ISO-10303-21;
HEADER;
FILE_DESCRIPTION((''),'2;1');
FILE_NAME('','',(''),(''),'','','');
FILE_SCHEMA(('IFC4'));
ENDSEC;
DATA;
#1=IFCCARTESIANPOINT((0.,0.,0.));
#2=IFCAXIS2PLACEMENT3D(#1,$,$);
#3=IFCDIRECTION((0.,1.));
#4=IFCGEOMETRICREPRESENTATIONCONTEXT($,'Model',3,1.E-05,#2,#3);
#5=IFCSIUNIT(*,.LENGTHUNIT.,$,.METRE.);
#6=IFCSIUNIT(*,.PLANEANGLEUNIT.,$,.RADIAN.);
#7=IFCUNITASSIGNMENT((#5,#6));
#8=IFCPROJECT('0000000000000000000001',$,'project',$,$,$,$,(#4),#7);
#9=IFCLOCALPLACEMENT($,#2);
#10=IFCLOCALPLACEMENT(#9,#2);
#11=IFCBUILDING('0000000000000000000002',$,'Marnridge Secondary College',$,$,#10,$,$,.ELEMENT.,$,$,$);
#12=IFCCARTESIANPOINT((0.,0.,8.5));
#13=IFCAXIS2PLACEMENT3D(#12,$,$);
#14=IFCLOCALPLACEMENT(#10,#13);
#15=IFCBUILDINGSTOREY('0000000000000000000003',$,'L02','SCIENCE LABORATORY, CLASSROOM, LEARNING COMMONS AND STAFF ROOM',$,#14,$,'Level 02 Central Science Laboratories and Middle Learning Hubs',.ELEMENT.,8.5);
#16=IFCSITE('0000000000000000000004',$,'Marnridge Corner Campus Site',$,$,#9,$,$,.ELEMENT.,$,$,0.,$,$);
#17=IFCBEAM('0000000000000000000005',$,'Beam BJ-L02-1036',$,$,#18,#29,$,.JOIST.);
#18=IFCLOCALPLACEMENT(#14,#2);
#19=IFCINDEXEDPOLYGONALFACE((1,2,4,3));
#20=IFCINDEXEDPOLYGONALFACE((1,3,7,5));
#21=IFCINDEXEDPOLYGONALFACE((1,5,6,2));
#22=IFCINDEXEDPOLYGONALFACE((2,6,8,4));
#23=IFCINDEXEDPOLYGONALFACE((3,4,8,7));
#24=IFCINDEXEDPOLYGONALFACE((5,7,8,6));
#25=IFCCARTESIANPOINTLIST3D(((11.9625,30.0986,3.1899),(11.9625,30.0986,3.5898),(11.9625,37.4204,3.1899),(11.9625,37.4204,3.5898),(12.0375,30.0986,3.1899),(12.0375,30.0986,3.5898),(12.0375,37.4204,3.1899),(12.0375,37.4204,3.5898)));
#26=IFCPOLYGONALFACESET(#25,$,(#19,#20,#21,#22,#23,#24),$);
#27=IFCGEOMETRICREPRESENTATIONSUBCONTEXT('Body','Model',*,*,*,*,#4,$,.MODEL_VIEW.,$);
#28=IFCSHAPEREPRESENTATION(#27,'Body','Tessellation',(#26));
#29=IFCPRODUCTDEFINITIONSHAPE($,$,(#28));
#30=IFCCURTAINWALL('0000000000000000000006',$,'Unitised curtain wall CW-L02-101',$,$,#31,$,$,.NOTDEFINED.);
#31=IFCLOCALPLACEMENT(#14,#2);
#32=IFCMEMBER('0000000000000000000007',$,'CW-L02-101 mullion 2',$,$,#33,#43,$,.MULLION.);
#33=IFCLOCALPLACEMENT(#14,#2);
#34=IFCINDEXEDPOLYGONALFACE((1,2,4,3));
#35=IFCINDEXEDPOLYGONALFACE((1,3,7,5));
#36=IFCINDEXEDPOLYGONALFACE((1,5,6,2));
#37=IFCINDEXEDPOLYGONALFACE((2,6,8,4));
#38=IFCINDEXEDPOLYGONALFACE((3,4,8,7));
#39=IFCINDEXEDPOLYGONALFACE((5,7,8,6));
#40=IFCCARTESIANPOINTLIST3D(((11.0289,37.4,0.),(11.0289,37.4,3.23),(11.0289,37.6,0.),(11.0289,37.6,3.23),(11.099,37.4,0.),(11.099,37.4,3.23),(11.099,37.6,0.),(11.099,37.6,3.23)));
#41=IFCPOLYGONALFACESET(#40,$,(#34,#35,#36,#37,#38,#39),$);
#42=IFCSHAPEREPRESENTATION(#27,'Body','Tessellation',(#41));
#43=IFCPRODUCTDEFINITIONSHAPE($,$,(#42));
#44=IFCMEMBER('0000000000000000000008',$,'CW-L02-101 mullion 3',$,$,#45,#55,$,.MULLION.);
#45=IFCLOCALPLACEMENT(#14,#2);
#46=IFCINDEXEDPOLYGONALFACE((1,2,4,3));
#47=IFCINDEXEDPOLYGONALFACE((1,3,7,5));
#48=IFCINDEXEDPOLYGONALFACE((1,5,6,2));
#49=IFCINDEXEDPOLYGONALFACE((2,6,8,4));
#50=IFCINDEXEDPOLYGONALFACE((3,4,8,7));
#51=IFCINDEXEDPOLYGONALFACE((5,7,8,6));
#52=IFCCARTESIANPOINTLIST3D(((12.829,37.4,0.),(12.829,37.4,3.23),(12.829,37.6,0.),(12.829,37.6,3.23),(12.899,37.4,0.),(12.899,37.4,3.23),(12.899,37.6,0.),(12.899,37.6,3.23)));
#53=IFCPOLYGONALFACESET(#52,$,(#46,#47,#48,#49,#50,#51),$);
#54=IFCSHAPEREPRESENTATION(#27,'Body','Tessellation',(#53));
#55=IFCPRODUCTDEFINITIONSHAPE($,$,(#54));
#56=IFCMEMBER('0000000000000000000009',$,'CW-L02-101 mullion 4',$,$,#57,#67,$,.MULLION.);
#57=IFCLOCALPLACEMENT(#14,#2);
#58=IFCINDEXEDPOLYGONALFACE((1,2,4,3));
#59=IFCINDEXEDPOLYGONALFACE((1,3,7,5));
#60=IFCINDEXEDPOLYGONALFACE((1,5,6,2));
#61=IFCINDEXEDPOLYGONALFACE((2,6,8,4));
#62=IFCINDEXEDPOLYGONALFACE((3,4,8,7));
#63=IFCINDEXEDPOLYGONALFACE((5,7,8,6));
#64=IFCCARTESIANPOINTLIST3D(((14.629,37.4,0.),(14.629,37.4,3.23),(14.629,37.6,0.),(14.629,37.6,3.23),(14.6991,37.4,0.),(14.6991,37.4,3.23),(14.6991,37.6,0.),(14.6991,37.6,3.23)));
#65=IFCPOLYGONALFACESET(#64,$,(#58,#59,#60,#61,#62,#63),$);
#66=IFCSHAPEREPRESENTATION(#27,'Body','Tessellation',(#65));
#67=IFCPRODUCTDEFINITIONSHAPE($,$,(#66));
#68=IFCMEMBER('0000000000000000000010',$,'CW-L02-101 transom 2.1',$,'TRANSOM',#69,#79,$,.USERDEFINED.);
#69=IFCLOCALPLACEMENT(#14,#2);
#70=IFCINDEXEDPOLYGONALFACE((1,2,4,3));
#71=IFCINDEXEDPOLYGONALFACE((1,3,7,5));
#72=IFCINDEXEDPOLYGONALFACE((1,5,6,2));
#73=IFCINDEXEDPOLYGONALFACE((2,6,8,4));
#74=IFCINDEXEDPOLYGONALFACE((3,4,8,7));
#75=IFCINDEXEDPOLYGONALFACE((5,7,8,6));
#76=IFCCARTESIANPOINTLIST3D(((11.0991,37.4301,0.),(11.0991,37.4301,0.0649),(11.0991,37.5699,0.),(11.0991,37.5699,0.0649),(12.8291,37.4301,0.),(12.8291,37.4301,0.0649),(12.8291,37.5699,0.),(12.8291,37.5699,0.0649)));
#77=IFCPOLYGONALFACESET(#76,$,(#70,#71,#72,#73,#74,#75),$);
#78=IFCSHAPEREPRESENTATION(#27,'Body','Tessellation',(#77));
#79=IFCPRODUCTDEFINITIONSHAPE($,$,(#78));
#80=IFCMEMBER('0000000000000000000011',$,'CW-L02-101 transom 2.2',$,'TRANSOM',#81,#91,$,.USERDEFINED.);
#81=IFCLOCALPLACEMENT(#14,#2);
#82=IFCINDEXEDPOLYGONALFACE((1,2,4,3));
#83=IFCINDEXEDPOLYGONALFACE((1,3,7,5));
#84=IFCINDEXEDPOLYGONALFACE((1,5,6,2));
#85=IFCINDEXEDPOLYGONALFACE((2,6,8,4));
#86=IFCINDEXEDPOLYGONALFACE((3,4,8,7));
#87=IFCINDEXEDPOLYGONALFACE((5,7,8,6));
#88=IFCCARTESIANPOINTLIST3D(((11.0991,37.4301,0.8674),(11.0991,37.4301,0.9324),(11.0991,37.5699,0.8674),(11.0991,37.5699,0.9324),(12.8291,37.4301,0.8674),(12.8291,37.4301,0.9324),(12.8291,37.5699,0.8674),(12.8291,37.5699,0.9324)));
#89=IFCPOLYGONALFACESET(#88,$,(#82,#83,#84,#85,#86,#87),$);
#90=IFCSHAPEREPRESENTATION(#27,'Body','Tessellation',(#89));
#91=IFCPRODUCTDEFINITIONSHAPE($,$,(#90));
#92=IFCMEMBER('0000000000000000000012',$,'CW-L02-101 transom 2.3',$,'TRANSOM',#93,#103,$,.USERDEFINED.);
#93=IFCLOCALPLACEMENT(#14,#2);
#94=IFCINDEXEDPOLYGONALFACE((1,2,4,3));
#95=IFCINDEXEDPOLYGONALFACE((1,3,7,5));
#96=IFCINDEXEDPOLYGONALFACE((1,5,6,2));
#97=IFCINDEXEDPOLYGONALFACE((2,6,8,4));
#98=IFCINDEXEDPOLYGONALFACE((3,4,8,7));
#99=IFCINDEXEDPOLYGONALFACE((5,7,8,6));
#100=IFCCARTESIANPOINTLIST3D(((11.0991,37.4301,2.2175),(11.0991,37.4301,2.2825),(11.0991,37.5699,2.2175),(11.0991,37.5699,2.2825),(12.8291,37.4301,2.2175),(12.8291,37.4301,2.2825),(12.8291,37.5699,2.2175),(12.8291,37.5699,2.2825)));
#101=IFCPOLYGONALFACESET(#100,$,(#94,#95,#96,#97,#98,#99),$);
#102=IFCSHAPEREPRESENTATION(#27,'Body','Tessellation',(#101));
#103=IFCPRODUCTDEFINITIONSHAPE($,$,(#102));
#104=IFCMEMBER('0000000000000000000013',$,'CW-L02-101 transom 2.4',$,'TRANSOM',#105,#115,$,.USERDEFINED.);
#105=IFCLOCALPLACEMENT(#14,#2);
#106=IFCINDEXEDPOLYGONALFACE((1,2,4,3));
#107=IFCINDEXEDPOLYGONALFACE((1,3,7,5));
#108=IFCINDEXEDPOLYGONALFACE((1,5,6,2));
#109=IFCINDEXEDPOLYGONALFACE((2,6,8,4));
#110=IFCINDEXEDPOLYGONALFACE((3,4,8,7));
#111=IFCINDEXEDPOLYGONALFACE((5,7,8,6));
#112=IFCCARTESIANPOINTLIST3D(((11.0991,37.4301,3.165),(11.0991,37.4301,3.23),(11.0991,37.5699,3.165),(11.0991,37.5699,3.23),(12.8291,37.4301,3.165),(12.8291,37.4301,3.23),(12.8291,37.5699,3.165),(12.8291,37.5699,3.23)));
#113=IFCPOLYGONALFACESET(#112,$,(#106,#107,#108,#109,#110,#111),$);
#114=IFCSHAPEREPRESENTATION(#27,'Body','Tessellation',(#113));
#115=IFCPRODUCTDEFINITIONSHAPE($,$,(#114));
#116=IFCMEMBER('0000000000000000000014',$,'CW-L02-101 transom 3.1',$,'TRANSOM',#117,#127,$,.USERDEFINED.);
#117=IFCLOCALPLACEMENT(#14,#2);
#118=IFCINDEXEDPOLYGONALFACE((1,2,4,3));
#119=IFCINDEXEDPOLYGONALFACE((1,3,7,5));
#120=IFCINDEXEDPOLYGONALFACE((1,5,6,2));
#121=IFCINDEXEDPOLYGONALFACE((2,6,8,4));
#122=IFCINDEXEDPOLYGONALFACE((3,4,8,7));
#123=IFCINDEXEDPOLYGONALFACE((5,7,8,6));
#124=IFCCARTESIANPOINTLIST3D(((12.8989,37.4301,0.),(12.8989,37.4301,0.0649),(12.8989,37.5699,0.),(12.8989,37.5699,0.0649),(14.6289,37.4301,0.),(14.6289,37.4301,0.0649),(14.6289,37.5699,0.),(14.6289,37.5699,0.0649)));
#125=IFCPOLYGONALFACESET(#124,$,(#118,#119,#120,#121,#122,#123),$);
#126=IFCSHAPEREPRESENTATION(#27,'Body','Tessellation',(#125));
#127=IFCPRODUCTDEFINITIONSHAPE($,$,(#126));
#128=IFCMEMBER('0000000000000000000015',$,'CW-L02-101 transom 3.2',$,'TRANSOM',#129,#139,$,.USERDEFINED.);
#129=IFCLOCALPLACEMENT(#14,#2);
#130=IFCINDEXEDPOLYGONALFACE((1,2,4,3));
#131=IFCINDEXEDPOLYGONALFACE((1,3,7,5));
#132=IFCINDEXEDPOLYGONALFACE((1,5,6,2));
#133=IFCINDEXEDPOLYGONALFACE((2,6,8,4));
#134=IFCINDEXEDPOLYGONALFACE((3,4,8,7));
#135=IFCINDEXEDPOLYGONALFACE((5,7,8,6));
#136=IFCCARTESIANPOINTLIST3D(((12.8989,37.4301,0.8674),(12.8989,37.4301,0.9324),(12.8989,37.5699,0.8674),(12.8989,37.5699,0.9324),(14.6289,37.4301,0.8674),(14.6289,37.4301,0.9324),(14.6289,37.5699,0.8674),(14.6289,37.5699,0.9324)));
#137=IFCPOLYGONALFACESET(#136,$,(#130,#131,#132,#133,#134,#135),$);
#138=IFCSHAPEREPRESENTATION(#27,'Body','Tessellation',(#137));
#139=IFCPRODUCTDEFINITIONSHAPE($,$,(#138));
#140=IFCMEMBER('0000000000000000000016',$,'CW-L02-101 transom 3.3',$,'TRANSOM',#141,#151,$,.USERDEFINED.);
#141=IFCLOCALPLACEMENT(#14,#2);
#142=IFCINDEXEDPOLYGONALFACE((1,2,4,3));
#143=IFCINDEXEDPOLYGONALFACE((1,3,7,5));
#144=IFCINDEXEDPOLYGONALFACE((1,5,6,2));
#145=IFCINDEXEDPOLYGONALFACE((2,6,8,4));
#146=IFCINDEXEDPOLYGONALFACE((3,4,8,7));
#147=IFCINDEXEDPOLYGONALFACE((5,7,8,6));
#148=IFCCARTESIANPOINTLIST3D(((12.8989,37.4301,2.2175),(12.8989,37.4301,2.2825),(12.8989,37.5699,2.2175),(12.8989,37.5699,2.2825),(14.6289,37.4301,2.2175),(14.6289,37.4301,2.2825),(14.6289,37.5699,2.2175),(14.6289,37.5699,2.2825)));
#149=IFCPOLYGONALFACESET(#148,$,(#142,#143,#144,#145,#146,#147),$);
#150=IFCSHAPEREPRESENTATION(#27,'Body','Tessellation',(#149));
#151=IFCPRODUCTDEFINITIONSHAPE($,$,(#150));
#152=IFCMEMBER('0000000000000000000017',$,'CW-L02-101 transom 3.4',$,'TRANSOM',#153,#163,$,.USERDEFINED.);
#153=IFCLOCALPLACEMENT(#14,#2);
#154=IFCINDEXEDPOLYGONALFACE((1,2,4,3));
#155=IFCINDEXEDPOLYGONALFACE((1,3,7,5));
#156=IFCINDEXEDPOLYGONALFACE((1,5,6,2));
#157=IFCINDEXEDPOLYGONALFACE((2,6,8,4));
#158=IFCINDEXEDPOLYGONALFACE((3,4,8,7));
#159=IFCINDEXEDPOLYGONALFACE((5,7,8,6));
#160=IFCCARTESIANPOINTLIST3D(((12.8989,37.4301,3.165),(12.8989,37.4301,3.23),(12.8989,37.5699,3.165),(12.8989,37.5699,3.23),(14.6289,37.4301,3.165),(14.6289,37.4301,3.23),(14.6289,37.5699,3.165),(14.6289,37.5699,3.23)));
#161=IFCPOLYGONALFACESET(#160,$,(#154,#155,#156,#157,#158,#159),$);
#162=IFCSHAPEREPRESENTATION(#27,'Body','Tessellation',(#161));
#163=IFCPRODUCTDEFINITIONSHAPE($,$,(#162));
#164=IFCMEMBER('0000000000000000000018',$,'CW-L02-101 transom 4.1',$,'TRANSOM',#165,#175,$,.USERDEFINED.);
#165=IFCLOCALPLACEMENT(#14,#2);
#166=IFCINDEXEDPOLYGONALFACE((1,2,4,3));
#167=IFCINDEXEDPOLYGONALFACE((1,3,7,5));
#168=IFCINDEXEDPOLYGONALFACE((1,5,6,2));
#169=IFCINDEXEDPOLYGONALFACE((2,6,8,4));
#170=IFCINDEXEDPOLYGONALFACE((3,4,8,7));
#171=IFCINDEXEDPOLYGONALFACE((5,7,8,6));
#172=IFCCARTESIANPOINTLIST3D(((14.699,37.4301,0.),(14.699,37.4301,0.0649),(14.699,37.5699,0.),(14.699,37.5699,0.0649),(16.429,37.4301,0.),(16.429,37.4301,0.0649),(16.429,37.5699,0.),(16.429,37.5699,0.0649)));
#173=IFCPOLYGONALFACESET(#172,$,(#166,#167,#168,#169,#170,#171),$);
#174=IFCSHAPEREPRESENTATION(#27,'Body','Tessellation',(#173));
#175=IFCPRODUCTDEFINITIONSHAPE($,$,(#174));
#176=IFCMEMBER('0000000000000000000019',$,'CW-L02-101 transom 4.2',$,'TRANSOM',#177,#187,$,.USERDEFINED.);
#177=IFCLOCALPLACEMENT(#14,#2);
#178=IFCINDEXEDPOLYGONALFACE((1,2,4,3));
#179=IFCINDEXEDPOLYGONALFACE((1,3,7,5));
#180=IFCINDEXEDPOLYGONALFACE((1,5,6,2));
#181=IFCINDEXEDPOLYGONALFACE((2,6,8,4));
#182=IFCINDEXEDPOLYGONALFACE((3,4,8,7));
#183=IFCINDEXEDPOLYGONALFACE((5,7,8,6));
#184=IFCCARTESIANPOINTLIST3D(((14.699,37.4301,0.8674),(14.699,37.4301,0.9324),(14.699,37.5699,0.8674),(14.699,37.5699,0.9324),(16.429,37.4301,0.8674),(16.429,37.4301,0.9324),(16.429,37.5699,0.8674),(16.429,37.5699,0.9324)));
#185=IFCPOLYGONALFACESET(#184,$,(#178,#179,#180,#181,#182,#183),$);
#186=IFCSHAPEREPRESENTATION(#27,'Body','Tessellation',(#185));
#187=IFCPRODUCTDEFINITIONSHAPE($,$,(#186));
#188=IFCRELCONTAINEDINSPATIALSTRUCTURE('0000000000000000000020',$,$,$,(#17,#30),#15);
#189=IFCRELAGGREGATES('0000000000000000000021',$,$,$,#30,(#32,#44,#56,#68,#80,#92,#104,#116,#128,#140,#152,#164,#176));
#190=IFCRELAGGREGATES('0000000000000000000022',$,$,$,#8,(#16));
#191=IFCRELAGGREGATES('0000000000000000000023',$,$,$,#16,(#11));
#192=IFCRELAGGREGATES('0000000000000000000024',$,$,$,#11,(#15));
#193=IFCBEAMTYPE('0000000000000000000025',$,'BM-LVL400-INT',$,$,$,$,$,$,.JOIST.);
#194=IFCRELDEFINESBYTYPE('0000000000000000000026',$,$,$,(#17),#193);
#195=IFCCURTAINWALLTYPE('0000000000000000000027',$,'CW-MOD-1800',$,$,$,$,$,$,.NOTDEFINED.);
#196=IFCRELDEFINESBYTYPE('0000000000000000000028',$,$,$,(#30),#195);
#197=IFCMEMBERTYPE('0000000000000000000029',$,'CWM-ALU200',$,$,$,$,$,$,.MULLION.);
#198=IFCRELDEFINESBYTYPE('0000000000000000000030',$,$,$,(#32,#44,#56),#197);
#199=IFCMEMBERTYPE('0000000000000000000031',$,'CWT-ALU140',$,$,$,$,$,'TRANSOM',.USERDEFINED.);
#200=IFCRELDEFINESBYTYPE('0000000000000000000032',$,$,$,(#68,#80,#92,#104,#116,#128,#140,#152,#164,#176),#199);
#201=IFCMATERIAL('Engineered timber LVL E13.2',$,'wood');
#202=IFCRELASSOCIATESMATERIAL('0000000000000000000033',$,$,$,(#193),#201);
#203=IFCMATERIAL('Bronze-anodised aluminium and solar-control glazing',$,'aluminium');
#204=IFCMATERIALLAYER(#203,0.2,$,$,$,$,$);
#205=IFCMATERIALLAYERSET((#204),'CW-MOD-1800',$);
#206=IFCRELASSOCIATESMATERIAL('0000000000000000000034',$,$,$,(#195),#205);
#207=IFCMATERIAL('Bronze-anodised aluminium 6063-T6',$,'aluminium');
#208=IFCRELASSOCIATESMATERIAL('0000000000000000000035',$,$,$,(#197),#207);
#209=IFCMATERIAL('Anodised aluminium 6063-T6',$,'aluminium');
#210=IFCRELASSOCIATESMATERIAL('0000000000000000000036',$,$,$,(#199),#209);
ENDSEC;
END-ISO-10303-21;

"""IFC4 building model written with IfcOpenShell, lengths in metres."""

from ifc_helpers import new_model, si_unit, direction, frame, origin, origin_2d, place, context, subcontext, project, spatial, rectangle, extrude, material, layer, layer_set, material_profile, profile_set, type_object, element, aggregate, save


model = new_model("IFC4")

# Units and contexts
model_context = context("Model", 3, precision=1e-05, world=origin(), true_north=direction((0.0, 1.0)))
body_context = subcontext(model_context, "Body", "Model", "MODEL_VIEW")
ifc_project = project(units=[si_unit("LENGTHUNIT", "METRE"), si_unit("PLANEANGLEUNIT", "RADIAN")], contexts=[model_context])

# Site, building, storey
site_placement = place(None, origin())
site = spatial("IfcSite", under=ifc_project, at=site_placement, Name="Marnridge Corner Campus Site", CompositionType="ELEMENT", RefElevation=0.0)
building_placement = place(site_placement, origin())
building = spatial("IfcBuilding", under=site, at=building_placement, Name="Marnridge Secondary College", CompositionType="ELEMENT")
storey_placement = place(building_placement, frame((0.0, 0.0, 8.5)))
storey = spatial("IfcBuildingStorey", under=building, at=storey_placement, Name="L02", Description="SCIENCE LABORATORY, CLASSROOM, LEARNING COMMONS AND STAFF ROOM", LongName="Level 02 Central Science Laboratories and Middle Learning Hubs", CompositionType="ELEMENT", Elevation=8.5)

# Beam
ifc_material_1 = material(Name="Engineered timber LVL E13.2", Category="wood")
ifc_material_profile_1 = material_profile(ifc_material_1, rectangle(XDim=0.075, YDim=0.3999, at=origin_2d()), Name="LVL 75x400")
ifc_profile_set_1 = profile_set([ifc_material_profile_1], Name="Engineered timber LVL E13.2")
beam_type = type_object("IfcBeamType", Name="BM-LVL400-INT", PredefinedType="JOIST", material=ifc_profile_set_1)
beam_placement = place(storey_placement, frame((12.0, 30.0986, 3.3899), z_axis=(0.0, 1.0, 0.0), x_axis=(-1.0, 0.0, 0.0)))
element("IfcBeam", 1, at=beam_placement, inside=storey, type_object=beam_type, Name="Beam BJ-L02-1036", PredefinedType="JOIST", context=body_context, shape_type="SweptSolid", body=[
    extrude(rectangle(XDim=0.075, YDim=0.3999, at=origin_2d()), origin(), (0.0, 0.0, 1.0), 7.3218),
])

# Curtain wall, members
ifc_material_2 = material(Name="Bronze-anodised aluminium and solar-control glazing", Category="aluminium")
ifc_layer_1 = layer(ifc_material_2, 0.2)
ifc_layer_set_1 = layer_set([ifc_layer_1], Name="CW-MOD-1800")
curtain_wall_type = type_object("IfcCurtainWallType", Name="CW-MOD-1800", PredefinedType="NOTDEFINED", material=ifc_layer_set_1)
curtain_wall_placement = place(storey_placement, origin())
curtain_wall = element("IfcCurtainWall", 2, at=curtain_wall_placement, inside=storey, type_object=curtain_wall_type, Name="Unitised curtain wall CW-L02-101", PredefinedType="NOTDEFINED")
ifc_material_3 = material(Name="Bronze-anodised aluminium 6063-T6", Category="aluminium")
ifc_material_profile_2 = material_profile(ifc_material_3, rectangle(XDim=0.0701, YDim=0.2, at=origin_2d()), Name="ALU 70x200")
ifc_profile_set_2 = profile_set([ifc_material_profile_2], Name="Bronze-anodised aluminium 6063-T6")
member_type_1 = type_object("IfcMemberType", Name="CWM-ALU200", PredefinedType="MULLION", material=ifc_profile_set_2)
member_1_placement = place(storey_placement, frame((11.064, 37.5, 0.0), z_axis=(0.0, 0.0, 1.0), x_axis=(1.0, 0.0, 0.0)))
member_1 = element("IfcMember", 3, at=member_1_placement, type_object=member_type_1, Name="CW-L02-101 mullion 2", PredefinedType="MULLION", context=body_context, shape_type="SweptSolid", body=[
    extrude(rectangle(XDim=0.0701, YDim=0.2, at=origin_2d()), origin(), (0.0, 0.0, 1.0), 3.23),
])
member_2_placement = place(storey_placement, frame((12.864, 37.5, 0.0), z_axis=(0.0, 0.0, 1.0), x_axis=(1.0, 0.0, 0.0)))
member_2 = element("IfcMember", 4, at=member_2_placement, type_object=member_type_1, Name="CW-L02-101 mullion 3", PredefinedType="MULLION", context=body_context, shape_type="SweptSolid", body=[
    extrude(rectangle(XDim=0.0701, YDim=0.2, at=origin_2d()), origin(), (0.0, 0.0, 1.0), 3.23),
])
member_3_placement = place(storey_placement, frame((14.6641, 37.5, 0.0), z_axis=(0.0, 0.0, 1.0), x_axis=(1.0, 0.0, 0.0)))
member_3 = element("IfcMember", 5, at=member_3_placement, type_object=member_type_1, Name="CW-L02-101 mullion 4", PredefinedType="MULLION", context=body_context, shape_type="SweptSolid", body=[
    extrude(rectangle(XDim=0.0701, YDim=0.2, at=origin_2d()), origin(), (0.0, 0.0, 1.0), 3.23),
])
ifc_material_4 = material(Name="Anodised aluminium 6063-T6", Category="aluminium")
ifc_material_profile_3 = material_profile(ifc_material_4, rectangle(XDim=0.0649, YDim=0.1399, at=origin_2d()), Name="ALU 65x140")
ifc_profile_set_3 = profile_set([ifc_material_profile_3], Name="Anodised aluminium 6063-T6")
member_type_2 = type_object("IfcMemberType", Name="CWT-ALU140", ElementType="TRANSOM", PredefinedType="USERDEFINED", material=ifc_profile_set_3)
member_4_placement = place(storey_placement, frame((11.0991, 37.5, 0.0325), z_axis=(1.0, 0.0, 0.0), x_axis=(0.0, 0.0, 1.0)))
member_4 = element("IfcMember", 6, at=member_4_placement, type_object=member_type_2, Name="CW-L02-101 transom 2.1", ObjectType="TRANSOM", PredefinedType="USERDEFINED", context=body_context, shape_type="SweptSolid", body=[
    extrude(rectangle(XDim=0.0649, YDim=0.1399, at=origin_2d()), origin(), (0.0, 0.0, 1.0), 1.73),
])
member_5_placement = place(storey_placement, frame((11.0991, 37.5, 0.8999), z_axis=(1.0, 0.0, 0.0), x_axis=(0.0, 0.0, 1.0)))
member_5 = element("IfcMember", 7, at=member_5_placement, type_object=member_type_2, Name="CW-L02-101 transom 2.2", ObjectType="TRANSOM", PredefinedType="USERDEFINED", context=body_context, shape_type="SweptSolid", body=[
    extrude(rectangle(XDim=0.0649, YDim=0.1399, at=origin_2d()), origin(), (0.0, 0.0, 1.0), 1.73),
])
member_6_placement = place(storey_placement, frame((11.0991, 37.5, 2.25), z_axis=(1.0, 0.0, 0.0), x_axis=(0.0, 0.0, 1.0)))
member_6 = element("IfcMember", 8, at=member_6_placement, type_object=member_type_2, Name="CW-L02-101 transom 2.3", ObjectType="TRANSOM", PredefinedType="USERDEFINED", context=body_context, shape_type="SweptSolid", body=[
    extrude(rectangle(XDim=0.0649, YDim=0.1399, at=origin_2d()), origin(), (0.0, 0.0, 1.0), 1.73),
])
member_7_placement = place(storey_placement, frame((11.0991, 37.5, 3.1975), z_axis=(1.0, 0.0, 0.0), x_axis=(0.0, 0.0, 1.0)))
member_7 = element("IfcMember", 9, at=member_7_placement, type_object=member_type_2, Name="CW-L02-101 transom 2.4", ObjectType="TRANSOM", PredefinedType="USERDEFINED", context=body_context, shape_type="SweptSolid", body=[
    extrude(rectangle(XDim=0.0649, YDim=0.1399, at=origin_2d()), origin(), (0.0, 0.0, 1.0), 1.73),
])
member_8_placement = place(storey_placement, frame((12.8989, 37.5, 0.0325), z_axis=(1.0, 0.0, 0.0), x_axis=(0.0, 0.0, 1.0)))
member_8 = element("IfcMember", 10, at=member_8_placement, type_object=member_type_2, Name="CW-L02-101 transom 3.1", ObjectType="TRANSOM", PredefinedType="USERDEFINED", context=body_context, shape_type="SweptSolid", body=[
    extrude(rectangle(XDim=0.0649, YDim=0.1399, at=origin_2d()), origin(), (0.0, 0.0, 1.0), 1.73),
])
member_9_placement = place(storey_placement, frame((12.8989, 37.5, 0.8999), z_axis=(1.0, 0.0, 0.0), x_axis=(0.0, 0.0, 1.0)))
member_9 = element("IfcMember", 11, at=member_9_placement, type_object=member_type_2, Name="CW-L02-101 transom 3.2", ObjectType="TRANSOM", PredefinedType="USERDEFINED", context=body_context, shape_type="SweptSolid", body=[
    extrude(rectangle(XDim=0.0649, YDim=0.1399, at=origin_2d()), origin(), (0.0, 0.0, 1.0), 1.73),
])
member_10_placement = place(storey_placement, frame((12.8989, 37.5, 2.25), z_axis=(1.0, 0.0, 0.0), x_axis=(0.0, 0.0, 1.0)))
member_10 = element("IfcMember", 12, at=member_10_placement, type_object=member_type_2, Name="CW-L02-101 transom 3.3", ObjectType="TRANSOM", PredefinedType="USERDEFINED", context=body_context, shape_type="SweptSolid", body=[
    extrude(rectangle(XDim=0.0649, YDim=0.1399, at=origin_2d()), origin(), (0.0, 0.0, 1.0), 1.73),
])
member_11_placement = place(storey_placement, frame((12.8989, 37.5, 3.1975), z_axis=(1.0, 0.0, 0.0), x_axis=(0.0, 0.0, 1.0)))
member_11 = element("IfcMember", 13, at=member_11_placement, type_object=member_type_2, Name="CW-L02-101 transom 3.4", ObjectType="TRANSOM", PredefinedType="USERDEFINED", context=body_context, shape_type="SweptSolid", body=[
    extrude(rectangle(XDim=0.0649, YDim=0.1399, at=origin_2d()), origin(), (0.0, 0.0, 1.0), 1.73),
])
member_12_placement = place(storey_placement, frame((14.699, 37.5, 0.0325), z_axis=(1.0, 0.0, 0.0), x_axis=(0.0, 0.0, 1.0)))
member_12 = element("IfcMember", 14, at=member_12_placement, type_object=member_type_2, Name="CW-L02-101 transom 4.1", ObjectType="TRANSOM", PredefinedType="USERDEFINED", context=body_context, shape_type="SweptSolid", body=[
    extrude(rectangle(XDim=0.0649, YDim=0.1399, at=origin_2d()), origin(), (0.0, 0.0, 1.0), 1.73),
])
member_13_placement = place(storey_placement, frame((14.699, 37.5, 0.8999), z_axis=(1.0, 0.0, 0.0), x_axis=(0.0, 0.0, 1.0)))
member_13 = element("IfcMember", 15, at=member_13_placement, type_object=member_type_2, Name="CW-L02-101 transom 4.2", ObjectType="TRANSOM", PredefinedType="USERDEFINED", context=body_context, shape_type="SweptSolid", body=[
    extrude(rectangle(XDim=0.0649, YDim=0.1399, at=origin_2d()), origin(), (0.0, 0.0, 1.0), 1.73),
])
aggregate(curtain_wall, [member_1, member_2, member_3, member_4, member_5, member_6, member_7, member_8, member_9, member_10, member_11, member_12, member_13])

save(model, "model.ifc")
